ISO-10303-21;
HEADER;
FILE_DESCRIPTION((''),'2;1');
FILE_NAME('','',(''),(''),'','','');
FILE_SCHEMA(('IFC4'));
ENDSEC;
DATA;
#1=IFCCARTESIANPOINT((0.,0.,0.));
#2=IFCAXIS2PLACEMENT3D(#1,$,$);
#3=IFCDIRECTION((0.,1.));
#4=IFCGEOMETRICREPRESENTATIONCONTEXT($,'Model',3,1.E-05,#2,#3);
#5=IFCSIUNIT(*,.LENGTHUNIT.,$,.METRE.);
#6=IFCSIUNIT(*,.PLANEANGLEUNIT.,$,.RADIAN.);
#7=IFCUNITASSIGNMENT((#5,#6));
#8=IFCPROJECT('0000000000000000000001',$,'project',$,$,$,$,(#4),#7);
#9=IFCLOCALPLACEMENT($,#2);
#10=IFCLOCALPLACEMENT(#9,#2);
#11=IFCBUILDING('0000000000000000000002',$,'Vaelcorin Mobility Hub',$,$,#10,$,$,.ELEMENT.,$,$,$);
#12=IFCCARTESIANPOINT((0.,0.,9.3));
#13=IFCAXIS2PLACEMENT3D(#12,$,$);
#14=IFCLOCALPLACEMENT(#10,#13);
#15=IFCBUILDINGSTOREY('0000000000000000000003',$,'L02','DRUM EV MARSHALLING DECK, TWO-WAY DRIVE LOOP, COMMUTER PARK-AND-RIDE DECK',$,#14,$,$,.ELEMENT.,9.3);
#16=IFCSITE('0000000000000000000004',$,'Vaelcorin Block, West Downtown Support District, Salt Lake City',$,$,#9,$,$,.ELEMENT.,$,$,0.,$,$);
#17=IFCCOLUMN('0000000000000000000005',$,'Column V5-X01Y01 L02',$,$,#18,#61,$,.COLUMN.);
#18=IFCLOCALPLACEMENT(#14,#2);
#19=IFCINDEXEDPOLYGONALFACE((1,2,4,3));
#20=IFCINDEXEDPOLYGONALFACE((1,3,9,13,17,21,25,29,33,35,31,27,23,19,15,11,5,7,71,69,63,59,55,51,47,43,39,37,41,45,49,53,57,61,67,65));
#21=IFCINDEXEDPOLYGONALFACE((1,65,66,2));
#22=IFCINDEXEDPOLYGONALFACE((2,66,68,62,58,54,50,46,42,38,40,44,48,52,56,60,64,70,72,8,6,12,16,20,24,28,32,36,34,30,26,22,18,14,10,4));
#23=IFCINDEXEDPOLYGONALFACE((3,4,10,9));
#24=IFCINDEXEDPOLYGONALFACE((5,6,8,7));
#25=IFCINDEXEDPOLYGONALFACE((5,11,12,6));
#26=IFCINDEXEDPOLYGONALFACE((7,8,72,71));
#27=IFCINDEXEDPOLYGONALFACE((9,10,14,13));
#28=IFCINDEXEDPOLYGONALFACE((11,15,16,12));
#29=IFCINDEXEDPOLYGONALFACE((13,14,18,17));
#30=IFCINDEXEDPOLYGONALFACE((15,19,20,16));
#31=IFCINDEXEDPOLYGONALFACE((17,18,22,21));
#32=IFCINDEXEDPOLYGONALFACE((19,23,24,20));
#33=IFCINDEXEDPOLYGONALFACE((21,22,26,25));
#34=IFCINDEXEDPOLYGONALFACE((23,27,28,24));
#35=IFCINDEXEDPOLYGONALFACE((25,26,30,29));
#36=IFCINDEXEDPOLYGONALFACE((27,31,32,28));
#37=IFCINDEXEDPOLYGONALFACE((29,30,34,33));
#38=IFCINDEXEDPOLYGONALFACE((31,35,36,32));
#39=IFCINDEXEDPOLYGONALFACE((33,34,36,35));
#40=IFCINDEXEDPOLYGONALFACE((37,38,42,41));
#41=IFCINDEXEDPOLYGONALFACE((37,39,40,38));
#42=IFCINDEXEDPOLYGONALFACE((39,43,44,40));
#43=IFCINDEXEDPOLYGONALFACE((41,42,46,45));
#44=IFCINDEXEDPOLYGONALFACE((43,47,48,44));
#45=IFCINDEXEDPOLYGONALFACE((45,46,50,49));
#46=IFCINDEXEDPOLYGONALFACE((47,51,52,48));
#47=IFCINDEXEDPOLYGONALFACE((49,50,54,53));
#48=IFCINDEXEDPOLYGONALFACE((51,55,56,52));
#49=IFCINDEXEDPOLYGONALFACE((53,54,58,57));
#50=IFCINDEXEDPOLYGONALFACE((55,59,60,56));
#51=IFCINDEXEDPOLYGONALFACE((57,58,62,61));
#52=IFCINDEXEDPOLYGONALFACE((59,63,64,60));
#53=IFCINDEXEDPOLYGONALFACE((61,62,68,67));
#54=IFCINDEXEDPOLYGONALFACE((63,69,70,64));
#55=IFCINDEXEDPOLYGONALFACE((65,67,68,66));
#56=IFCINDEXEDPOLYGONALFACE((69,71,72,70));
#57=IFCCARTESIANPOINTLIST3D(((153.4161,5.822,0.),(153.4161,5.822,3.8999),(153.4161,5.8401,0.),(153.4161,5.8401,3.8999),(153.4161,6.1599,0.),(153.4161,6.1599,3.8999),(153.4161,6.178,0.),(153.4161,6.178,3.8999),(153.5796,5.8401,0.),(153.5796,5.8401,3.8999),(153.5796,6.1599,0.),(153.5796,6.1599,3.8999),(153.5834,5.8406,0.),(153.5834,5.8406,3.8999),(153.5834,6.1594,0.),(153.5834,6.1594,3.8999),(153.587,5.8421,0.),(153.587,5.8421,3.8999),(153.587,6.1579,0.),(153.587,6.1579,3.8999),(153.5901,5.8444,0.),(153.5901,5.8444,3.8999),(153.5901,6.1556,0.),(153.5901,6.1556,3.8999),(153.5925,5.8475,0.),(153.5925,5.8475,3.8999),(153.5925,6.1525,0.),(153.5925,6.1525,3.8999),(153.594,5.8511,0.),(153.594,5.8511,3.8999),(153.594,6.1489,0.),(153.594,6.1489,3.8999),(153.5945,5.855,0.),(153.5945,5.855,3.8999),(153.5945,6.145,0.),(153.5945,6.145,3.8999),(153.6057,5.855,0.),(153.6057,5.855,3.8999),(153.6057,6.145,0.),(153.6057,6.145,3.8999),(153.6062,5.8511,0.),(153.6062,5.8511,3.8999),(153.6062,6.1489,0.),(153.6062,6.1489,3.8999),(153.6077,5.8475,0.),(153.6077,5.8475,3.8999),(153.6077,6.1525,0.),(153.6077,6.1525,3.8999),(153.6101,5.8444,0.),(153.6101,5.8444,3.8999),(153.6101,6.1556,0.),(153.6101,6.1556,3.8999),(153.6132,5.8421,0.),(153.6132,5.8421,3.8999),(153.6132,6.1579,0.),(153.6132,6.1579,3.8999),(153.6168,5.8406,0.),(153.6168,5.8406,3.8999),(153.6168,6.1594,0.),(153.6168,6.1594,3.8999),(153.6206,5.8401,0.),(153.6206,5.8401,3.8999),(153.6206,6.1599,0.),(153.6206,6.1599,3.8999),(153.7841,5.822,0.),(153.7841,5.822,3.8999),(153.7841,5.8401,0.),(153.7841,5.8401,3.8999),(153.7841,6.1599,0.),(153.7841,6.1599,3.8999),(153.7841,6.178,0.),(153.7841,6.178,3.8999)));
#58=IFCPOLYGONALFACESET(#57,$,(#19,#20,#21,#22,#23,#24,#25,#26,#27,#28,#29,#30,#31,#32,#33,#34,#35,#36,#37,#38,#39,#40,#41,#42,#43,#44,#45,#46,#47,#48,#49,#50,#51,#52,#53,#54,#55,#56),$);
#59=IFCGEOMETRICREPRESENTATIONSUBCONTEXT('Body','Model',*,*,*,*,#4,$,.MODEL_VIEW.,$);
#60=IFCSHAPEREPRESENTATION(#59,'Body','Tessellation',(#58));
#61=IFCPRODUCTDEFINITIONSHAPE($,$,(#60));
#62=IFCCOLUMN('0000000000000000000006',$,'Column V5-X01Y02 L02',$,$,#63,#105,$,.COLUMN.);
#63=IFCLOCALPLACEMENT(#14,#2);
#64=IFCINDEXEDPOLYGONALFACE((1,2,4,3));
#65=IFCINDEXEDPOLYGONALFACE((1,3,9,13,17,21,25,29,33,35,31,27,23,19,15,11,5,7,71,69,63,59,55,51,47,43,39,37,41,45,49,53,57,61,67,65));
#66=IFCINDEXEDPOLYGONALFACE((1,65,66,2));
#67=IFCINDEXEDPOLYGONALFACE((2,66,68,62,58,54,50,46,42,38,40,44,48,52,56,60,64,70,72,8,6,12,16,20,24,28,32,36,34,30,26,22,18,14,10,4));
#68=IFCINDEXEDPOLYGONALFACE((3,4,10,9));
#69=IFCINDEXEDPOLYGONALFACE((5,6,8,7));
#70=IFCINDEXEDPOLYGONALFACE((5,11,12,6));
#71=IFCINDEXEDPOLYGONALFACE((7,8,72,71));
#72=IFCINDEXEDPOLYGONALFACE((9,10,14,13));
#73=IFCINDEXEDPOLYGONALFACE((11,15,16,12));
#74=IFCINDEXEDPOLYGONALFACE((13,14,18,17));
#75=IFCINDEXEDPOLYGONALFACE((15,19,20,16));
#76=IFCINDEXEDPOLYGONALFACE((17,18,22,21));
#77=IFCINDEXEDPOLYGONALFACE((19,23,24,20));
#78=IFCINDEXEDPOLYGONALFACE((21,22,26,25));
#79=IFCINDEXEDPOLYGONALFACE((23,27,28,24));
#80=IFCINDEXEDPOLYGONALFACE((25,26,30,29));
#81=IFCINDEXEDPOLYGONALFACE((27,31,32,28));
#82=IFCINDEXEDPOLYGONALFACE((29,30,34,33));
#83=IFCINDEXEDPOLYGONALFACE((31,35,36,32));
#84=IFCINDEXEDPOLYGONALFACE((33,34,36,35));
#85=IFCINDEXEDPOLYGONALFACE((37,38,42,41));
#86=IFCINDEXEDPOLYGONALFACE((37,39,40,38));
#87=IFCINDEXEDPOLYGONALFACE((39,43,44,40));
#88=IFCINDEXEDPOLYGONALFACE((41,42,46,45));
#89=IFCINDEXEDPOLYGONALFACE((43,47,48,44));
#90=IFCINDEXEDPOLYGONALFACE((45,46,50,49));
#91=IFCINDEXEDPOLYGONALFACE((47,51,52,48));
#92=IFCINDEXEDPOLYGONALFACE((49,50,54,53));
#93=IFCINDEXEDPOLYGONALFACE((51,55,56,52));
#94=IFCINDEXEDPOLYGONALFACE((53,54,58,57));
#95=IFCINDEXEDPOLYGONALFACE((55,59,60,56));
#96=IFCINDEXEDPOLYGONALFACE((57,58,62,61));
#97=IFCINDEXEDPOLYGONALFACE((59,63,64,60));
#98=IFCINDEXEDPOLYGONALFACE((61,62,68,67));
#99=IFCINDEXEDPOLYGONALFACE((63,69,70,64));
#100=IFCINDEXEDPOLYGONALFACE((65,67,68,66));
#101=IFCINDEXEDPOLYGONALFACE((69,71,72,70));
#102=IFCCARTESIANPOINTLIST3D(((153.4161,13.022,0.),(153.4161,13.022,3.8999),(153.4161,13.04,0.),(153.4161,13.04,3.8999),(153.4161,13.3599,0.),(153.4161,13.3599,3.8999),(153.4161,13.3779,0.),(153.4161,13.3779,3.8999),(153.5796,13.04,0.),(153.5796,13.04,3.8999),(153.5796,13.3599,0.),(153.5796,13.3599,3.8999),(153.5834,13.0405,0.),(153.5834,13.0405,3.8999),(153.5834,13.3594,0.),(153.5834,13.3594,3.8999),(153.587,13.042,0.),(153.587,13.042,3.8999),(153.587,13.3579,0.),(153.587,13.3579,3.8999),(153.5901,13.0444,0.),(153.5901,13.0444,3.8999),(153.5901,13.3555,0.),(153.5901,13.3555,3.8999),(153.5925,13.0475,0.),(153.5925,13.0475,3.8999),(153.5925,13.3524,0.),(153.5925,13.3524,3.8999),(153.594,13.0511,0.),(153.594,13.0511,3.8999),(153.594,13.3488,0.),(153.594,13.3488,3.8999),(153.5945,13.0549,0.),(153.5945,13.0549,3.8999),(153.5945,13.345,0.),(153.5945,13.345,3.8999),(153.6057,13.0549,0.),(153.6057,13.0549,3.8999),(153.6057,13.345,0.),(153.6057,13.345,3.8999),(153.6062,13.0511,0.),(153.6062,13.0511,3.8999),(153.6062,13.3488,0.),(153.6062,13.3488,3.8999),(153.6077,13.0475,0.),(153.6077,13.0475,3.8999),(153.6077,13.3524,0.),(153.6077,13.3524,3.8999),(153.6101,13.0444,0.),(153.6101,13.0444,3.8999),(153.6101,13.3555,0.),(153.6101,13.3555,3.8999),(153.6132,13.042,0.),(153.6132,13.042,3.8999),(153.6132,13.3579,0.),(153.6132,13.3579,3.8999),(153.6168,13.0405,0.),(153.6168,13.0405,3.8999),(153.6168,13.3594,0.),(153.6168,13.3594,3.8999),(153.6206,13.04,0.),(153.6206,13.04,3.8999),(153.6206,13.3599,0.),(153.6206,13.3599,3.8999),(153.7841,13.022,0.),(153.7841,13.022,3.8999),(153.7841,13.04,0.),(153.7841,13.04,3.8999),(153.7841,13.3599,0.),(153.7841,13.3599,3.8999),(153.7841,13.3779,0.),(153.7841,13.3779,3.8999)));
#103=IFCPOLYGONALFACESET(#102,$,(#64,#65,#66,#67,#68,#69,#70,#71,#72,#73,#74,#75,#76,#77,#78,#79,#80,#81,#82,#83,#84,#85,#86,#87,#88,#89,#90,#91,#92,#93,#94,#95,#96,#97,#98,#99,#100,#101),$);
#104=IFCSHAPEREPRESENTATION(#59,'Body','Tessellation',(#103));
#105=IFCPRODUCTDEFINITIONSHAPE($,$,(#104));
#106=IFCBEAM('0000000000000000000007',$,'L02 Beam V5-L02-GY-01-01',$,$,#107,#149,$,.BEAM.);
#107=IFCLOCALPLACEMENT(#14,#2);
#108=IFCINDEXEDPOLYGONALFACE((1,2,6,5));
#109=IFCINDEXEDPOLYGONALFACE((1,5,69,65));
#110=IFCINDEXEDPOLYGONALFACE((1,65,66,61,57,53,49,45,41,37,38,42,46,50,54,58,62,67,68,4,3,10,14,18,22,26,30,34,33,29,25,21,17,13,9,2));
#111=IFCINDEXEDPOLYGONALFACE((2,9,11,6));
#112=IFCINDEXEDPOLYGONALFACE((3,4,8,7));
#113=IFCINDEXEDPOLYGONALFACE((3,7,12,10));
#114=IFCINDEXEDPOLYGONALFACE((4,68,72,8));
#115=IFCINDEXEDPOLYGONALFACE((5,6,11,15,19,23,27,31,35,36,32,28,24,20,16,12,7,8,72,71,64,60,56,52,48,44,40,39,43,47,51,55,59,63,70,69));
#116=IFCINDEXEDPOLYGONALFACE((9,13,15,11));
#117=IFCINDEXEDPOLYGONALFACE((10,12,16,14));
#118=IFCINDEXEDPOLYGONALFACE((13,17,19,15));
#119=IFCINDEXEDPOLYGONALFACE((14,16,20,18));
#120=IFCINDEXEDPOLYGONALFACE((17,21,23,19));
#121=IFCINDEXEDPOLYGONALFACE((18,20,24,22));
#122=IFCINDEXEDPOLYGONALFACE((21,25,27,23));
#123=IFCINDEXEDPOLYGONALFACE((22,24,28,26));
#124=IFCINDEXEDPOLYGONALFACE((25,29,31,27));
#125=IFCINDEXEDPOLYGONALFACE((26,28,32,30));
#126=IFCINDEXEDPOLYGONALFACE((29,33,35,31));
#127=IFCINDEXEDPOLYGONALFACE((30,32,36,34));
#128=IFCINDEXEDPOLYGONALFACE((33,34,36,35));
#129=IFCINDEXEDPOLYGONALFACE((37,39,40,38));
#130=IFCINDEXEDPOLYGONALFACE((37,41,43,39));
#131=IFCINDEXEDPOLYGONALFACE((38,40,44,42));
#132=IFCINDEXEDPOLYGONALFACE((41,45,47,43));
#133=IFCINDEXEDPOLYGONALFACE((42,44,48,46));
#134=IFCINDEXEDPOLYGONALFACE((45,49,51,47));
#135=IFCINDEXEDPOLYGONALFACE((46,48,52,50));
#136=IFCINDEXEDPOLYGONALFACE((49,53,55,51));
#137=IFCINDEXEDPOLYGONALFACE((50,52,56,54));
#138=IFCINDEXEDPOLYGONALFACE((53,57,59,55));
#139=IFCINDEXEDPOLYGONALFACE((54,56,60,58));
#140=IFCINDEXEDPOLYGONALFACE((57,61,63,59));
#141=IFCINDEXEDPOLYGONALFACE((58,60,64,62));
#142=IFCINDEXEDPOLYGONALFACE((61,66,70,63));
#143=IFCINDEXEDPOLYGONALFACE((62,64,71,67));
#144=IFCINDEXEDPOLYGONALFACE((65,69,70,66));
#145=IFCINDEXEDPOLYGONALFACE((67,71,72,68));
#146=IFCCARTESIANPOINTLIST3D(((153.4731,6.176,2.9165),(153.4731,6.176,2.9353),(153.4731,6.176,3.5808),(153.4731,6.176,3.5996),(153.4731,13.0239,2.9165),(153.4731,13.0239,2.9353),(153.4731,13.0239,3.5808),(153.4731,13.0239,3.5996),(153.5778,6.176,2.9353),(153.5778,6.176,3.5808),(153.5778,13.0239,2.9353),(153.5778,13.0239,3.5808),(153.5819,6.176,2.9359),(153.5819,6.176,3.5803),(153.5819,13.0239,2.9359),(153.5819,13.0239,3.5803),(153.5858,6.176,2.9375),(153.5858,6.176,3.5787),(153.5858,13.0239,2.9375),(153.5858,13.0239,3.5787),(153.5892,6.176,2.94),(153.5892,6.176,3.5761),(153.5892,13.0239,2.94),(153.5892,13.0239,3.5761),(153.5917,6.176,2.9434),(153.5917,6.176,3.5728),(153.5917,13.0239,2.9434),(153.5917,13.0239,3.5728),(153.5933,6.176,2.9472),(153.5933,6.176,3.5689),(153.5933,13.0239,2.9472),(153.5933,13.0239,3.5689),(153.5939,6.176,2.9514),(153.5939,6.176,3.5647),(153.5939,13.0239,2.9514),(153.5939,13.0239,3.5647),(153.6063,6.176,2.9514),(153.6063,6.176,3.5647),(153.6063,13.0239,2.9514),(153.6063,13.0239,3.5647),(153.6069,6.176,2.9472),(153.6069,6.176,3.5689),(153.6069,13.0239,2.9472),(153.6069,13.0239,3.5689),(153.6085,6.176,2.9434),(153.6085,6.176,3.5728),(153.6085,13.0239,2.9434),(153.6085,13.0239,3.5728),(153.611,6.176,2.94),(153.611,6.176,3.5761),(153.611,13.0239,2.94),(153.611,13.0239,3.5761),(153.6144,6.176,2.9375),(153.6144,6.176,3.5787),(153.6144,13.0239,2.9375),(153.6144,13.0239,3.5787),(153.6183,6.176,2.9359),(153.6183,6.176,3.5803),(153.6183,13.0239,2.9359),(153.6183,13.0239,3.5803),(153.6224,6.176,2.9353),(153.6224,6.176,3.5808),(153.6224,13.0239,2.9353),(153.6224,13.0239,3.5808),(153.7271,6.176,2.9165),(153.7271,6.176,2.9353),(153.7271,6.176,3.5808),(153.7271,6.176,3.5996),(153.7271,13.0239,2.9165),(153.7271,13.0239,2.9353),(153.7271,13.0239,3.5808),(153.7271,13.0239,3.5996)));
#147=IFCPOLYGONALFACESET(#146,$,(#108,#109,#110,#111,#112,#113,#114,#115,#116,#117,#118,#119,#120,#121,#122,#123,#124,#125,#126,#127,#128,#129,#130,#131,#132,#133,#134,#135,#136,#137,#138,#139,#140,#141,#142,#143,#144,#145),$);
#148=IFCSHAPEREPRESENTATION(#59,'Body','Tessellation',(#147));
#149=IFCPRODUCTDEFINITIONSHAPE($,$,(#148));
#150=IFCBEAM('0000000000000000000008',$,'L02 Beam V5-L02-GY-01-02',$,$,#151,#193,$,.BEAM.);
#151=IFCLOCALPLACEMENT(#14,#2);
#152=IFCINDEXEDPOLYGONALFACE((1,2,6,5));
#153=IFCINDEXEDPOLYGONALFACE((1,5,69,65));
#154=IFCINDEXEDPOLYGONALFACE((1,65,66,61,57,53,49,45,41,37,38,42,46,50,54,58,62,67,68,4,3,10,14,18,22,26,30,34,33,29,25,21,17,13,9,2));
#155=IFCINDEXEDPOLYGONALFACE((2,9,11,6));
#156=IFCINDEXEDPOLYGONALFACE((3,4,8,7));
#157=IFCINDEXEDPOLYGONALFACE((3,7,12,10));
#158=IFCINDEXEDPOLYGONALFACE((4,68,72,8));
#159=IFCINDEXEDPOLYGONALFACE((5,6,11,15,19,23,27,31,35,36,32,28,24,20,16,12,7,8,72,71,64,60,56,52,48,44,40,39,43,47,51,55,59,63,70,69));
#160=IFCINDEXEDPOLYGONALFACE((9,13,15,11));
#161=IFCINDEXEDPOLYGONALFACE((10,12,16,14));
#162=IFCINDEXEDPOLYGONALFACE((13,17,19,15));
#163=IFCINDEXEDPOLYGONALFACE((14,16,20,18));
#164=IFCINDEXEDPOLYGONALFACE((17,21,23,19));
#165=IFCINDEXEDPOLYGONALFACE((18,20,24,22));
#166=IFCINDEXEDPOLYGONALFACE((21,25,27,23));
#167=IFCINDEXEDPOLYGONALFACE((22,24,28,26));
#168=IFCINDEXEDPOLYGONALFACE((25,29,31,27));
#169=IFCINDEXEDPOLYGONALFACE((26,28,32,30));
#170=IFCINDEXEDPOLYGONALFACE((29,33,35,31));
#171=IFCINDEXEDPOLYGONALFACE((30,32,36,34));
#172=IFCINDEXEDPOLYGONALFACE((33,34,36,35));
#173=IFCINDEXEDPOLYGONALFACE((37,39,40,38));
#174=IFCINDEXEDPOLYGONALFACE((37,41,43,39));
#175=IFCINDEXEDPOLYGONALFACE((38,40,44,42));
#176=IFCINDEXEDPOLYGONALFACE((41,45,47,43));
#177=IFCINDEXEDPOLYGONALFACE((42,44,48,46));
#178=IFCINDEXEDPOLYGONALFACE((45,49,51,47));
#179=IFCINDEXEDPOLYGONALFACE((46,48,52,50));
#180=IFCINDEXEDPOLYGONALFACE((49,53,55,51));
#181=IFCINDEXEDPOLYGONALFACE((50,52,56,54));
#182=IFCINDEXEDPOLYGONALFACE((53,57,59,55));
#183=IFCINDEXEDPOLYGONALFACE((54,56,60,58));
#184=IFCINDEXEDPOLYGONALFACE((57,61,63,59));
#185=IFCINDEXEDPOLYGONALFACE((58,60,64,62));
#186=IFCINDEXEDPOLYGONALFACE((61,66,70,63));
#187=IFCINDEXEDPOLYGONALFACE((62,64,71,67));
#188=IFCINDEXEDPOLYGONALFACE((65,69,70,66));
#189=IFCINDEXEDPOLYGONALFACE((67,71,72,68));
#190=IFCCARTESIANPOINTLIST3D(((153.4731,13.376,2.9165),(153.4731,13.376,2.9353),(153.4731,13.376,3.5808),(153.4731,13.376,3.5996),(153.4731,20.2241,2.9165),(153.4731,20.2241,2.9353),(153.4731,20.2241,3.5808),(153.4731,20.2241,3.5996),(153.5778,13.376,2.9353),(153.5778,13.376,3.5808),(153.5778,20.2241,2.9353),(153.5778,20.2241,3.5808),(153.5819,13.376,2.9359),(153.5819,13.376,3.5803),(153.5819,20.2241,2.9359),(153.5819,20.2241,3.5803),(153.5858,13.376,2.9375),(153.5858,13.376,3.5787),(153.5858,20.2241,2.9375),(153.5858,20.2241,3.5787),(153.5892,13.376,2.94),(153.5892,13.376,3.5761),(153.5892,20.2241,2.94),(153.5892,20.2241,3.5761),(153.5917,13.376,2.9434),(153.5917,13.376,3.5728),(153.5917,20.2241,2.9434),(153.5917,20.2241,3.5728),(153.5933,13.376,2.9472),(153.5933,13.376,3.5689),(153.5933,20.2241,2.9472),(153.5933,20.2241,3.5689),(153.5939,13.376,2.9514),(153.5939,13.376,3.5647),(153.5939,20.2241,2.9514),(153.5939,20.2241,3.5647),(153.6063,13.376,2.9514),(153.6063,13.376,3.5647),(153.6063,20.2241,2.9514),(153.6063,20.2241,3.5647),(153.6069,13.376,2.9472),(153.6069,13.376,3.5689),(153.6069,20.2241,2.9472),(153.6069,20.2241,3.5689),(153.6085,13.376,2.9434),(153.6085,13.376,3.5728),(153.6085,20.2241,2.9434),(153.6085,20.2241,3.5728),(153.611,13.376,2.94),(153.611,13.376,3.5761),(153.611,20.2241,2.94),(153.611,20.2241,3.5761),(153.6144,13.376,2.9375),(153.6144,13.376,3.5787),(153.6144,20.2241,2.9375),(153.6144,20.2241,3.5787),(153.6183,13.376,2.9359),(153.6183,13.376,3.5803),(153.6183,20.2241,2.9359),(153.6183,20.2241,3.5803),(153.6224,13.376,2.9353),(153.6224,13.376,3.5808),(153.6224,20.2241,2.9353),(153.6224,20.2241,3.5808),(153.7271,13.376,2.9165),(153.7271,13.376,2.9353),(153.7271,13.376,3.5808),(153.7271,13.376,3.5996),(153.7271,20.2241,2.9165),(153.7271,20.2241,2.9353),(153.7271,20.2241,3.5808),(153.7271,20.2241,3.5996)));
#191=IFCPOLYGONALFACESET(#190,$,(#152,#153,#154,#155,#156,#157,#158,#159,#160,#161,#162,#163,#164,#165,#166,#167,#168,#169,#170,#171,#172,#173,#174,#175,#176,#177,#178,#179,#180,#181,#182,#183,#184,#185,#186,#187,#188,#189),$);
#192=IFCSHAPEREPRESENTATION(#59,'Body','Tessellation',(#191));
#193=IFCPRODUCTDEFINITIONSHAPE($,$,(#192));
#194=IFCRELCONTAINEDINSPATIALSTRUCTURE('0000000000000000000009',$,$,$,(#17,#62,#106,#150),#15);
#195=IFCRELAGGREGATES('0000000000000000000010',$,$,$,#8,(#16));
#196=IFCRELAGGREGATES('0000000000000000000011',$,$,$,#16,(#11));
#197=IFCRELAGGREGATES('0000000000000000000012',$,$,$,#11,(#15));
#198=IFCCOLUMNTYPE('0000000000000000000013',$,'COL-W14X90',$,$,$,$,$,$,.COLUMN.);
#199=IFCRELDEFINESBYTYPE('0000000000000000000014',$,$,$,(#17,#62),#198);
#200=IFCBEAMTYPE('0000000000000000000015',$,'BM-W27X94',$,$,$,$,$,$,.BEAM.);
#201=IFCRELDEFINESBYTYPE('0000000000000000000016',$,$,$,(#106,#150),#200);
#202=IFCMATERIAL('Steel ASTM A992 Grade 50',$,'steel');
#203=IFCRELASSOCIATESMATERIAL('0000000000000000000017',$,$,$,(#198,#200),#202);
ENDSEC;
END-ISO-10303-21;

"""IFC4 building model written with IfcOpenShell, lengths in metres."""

from ifc_helpers import new_model, si_unit, direction, frame, origin, origin_2d, place, context, subcontext, project, spatial, i_section, extrude, material, material_profile, profile_set, type_object, element, save


model = new_model("IFC4")

# Units and contexts
model_context = context("Model", 3, precision=1e-05, world=origin(), true_north=direction((0.0, 1.0)))
body_context = subcontext(model_context, "Body", "Model", "MODEL_VIEW")
ifc_project = project(units=[si_unit("LENGTHUNIT", "METRE"), si_unit("PLANEANGLEUNIT", "RADIAN")], contexts=[model_context])

# Site, building, storey
site_placement = place(None, origin())
site = spatial("IfcSite", under=ifc_project, at=site_placement, Name="Vaelcorin Block, West Downtown Support District, Salt Lake City", CompositionType="ELEMENT", RefElevation=0.0)
building_placement = place(site_placement, origin())
building = spatial("IfcBuilding", under=site, at=building_placement, Name="Vaelcorin Mobility Hub", CompositionType="ELEMENT")
storey_placement = place(building_placement, frame((0.0, 0.0, 9.3)))
storey = spatial("IfcBuildingStorey", under=building, at=storey_placement, Name="L02", Description="DRUM EV MARSHALLING DECK, TWO-WAY DRIVE LOOP, COMMUTER PARK-AND-RIDE DECK", CompositionType="ELEMENT", Elevation=9.3)

# Columns
ifc_material_1 = material(Name="Steel ASTM A992 Grade 50", Category="steel")
ifc_material_profile_1 = material_profile(ifc_material_1, i_section(OverallWidth=0.3679, OverallDepth=0.356, WebThickness=0.0112, FlangeThickness=0.0181, FilletRadius=0.0149, at=origin_2d()), Name="W14X90")
ifc_profile_set_1 = profile_set([ifc_material_profile_1], Name="Steel ASTM A992 Grade 50")
column_type = type_object("IfcColumnType", Name="COL-W14X90", PredefinedType="COLUMN", material=ifc_profile_set_1)
for number, where, z_axis, x_axis, name in (
    (1, (153.6001, 6.0, 0.0), (0.0, 0.0, 1.0), (1.0, 0.0, 0.0), "Column V5-X01Y01 L02"),
    (2, (153.6001, 13.2, 0.0), (0.0, 0.0, 1.0), (1.0, 0.0, 0.0), "Column V5-X01Y02 L02"),
):
    element("IfcColumn", number, at=place(storey_placement, frame(where, z_axis=z_axis, x_axis=x_axis)), inside=storey, type_object=column_type, Name=name, PredefinedType="COLUMN", context=body_context, shape_type="SweptSolid", body=[
        extrude(i_section(OverallWidth=0.3679, OverallDepth=0.356, WebThickness=0.0112, FlangeThickness=0.0181, FilletRadius=0.0149, at=origin_2d()), origin(), (0.0, 0.0, 1.0), 3.8999),
    ])

# Beams
ifc_material_profile_2 = material_profile(ifc_material_1, i_section(OverallWidth=0.2539, OverallDepth=0.6831, WebThickness=0.0125, FlangeThickness=0.0188, FilletRadius=0.0161, at=origin_2d()), Name="W27X94")
ifc_profile_set_2 = profile_set([ifc_material_profile_2], Name="Steel ASTM A992 Grade 50")
beam_type = type_object("IfcBeamType", Name="BM-W27X94", PredefinedType="BEAM", material=ifc_profile_set_2)
beam_1_placement = place(storey_placement, frame((153.6001, 6.176, 3.2581), z_axis=(0.0, 1.0, 0.0), x_axis=(-1.0, 0.0, 0.0)))
element("IfcBeam", 3, at=beam_1_placement, inside=storey, type_object=beam_type, Name="L02 Beam V5-L02-GY-01-01", PredefinedType="BEAM", context=body_context, shape_type="SweptSolid", body=[
    extrude(i_section(OverallWidth=0.2539, OverallDepth=0.6831, WebThickness=0.0125, FlangeThickness=0.0188, FilletRadius=0.0161, at=origin_2d()), origin(), (0.0, 0.0, 1.0), 6.8479),
])
beam_2_placement = place(storey_placement, frame((153.6001, 13.376, 3.2581), z_axis=(0.0, 1.0, 0.0), x_axis=(-1.0, 0.0, 0.0)))
element("IfcBeam", 4, at=beam_2_placement, inside=storey, type_object=beam_type, Name="L02 Beam V5-L02-GY-01-02", PredefinedType="BEAM", context=body_context, shape_type="SweptSolid", body=[
    extrude(i_section(OverallWidth=0.2539, OverallDepth=0.6831, WebThickness=0.0125, FlangeThickness=0.0188, FilletRadius=0.0161, at=origin_2d()), origin(), (0.0, 0.0, 1.0), 6.8481),
])

save(model, "model.ifc")
